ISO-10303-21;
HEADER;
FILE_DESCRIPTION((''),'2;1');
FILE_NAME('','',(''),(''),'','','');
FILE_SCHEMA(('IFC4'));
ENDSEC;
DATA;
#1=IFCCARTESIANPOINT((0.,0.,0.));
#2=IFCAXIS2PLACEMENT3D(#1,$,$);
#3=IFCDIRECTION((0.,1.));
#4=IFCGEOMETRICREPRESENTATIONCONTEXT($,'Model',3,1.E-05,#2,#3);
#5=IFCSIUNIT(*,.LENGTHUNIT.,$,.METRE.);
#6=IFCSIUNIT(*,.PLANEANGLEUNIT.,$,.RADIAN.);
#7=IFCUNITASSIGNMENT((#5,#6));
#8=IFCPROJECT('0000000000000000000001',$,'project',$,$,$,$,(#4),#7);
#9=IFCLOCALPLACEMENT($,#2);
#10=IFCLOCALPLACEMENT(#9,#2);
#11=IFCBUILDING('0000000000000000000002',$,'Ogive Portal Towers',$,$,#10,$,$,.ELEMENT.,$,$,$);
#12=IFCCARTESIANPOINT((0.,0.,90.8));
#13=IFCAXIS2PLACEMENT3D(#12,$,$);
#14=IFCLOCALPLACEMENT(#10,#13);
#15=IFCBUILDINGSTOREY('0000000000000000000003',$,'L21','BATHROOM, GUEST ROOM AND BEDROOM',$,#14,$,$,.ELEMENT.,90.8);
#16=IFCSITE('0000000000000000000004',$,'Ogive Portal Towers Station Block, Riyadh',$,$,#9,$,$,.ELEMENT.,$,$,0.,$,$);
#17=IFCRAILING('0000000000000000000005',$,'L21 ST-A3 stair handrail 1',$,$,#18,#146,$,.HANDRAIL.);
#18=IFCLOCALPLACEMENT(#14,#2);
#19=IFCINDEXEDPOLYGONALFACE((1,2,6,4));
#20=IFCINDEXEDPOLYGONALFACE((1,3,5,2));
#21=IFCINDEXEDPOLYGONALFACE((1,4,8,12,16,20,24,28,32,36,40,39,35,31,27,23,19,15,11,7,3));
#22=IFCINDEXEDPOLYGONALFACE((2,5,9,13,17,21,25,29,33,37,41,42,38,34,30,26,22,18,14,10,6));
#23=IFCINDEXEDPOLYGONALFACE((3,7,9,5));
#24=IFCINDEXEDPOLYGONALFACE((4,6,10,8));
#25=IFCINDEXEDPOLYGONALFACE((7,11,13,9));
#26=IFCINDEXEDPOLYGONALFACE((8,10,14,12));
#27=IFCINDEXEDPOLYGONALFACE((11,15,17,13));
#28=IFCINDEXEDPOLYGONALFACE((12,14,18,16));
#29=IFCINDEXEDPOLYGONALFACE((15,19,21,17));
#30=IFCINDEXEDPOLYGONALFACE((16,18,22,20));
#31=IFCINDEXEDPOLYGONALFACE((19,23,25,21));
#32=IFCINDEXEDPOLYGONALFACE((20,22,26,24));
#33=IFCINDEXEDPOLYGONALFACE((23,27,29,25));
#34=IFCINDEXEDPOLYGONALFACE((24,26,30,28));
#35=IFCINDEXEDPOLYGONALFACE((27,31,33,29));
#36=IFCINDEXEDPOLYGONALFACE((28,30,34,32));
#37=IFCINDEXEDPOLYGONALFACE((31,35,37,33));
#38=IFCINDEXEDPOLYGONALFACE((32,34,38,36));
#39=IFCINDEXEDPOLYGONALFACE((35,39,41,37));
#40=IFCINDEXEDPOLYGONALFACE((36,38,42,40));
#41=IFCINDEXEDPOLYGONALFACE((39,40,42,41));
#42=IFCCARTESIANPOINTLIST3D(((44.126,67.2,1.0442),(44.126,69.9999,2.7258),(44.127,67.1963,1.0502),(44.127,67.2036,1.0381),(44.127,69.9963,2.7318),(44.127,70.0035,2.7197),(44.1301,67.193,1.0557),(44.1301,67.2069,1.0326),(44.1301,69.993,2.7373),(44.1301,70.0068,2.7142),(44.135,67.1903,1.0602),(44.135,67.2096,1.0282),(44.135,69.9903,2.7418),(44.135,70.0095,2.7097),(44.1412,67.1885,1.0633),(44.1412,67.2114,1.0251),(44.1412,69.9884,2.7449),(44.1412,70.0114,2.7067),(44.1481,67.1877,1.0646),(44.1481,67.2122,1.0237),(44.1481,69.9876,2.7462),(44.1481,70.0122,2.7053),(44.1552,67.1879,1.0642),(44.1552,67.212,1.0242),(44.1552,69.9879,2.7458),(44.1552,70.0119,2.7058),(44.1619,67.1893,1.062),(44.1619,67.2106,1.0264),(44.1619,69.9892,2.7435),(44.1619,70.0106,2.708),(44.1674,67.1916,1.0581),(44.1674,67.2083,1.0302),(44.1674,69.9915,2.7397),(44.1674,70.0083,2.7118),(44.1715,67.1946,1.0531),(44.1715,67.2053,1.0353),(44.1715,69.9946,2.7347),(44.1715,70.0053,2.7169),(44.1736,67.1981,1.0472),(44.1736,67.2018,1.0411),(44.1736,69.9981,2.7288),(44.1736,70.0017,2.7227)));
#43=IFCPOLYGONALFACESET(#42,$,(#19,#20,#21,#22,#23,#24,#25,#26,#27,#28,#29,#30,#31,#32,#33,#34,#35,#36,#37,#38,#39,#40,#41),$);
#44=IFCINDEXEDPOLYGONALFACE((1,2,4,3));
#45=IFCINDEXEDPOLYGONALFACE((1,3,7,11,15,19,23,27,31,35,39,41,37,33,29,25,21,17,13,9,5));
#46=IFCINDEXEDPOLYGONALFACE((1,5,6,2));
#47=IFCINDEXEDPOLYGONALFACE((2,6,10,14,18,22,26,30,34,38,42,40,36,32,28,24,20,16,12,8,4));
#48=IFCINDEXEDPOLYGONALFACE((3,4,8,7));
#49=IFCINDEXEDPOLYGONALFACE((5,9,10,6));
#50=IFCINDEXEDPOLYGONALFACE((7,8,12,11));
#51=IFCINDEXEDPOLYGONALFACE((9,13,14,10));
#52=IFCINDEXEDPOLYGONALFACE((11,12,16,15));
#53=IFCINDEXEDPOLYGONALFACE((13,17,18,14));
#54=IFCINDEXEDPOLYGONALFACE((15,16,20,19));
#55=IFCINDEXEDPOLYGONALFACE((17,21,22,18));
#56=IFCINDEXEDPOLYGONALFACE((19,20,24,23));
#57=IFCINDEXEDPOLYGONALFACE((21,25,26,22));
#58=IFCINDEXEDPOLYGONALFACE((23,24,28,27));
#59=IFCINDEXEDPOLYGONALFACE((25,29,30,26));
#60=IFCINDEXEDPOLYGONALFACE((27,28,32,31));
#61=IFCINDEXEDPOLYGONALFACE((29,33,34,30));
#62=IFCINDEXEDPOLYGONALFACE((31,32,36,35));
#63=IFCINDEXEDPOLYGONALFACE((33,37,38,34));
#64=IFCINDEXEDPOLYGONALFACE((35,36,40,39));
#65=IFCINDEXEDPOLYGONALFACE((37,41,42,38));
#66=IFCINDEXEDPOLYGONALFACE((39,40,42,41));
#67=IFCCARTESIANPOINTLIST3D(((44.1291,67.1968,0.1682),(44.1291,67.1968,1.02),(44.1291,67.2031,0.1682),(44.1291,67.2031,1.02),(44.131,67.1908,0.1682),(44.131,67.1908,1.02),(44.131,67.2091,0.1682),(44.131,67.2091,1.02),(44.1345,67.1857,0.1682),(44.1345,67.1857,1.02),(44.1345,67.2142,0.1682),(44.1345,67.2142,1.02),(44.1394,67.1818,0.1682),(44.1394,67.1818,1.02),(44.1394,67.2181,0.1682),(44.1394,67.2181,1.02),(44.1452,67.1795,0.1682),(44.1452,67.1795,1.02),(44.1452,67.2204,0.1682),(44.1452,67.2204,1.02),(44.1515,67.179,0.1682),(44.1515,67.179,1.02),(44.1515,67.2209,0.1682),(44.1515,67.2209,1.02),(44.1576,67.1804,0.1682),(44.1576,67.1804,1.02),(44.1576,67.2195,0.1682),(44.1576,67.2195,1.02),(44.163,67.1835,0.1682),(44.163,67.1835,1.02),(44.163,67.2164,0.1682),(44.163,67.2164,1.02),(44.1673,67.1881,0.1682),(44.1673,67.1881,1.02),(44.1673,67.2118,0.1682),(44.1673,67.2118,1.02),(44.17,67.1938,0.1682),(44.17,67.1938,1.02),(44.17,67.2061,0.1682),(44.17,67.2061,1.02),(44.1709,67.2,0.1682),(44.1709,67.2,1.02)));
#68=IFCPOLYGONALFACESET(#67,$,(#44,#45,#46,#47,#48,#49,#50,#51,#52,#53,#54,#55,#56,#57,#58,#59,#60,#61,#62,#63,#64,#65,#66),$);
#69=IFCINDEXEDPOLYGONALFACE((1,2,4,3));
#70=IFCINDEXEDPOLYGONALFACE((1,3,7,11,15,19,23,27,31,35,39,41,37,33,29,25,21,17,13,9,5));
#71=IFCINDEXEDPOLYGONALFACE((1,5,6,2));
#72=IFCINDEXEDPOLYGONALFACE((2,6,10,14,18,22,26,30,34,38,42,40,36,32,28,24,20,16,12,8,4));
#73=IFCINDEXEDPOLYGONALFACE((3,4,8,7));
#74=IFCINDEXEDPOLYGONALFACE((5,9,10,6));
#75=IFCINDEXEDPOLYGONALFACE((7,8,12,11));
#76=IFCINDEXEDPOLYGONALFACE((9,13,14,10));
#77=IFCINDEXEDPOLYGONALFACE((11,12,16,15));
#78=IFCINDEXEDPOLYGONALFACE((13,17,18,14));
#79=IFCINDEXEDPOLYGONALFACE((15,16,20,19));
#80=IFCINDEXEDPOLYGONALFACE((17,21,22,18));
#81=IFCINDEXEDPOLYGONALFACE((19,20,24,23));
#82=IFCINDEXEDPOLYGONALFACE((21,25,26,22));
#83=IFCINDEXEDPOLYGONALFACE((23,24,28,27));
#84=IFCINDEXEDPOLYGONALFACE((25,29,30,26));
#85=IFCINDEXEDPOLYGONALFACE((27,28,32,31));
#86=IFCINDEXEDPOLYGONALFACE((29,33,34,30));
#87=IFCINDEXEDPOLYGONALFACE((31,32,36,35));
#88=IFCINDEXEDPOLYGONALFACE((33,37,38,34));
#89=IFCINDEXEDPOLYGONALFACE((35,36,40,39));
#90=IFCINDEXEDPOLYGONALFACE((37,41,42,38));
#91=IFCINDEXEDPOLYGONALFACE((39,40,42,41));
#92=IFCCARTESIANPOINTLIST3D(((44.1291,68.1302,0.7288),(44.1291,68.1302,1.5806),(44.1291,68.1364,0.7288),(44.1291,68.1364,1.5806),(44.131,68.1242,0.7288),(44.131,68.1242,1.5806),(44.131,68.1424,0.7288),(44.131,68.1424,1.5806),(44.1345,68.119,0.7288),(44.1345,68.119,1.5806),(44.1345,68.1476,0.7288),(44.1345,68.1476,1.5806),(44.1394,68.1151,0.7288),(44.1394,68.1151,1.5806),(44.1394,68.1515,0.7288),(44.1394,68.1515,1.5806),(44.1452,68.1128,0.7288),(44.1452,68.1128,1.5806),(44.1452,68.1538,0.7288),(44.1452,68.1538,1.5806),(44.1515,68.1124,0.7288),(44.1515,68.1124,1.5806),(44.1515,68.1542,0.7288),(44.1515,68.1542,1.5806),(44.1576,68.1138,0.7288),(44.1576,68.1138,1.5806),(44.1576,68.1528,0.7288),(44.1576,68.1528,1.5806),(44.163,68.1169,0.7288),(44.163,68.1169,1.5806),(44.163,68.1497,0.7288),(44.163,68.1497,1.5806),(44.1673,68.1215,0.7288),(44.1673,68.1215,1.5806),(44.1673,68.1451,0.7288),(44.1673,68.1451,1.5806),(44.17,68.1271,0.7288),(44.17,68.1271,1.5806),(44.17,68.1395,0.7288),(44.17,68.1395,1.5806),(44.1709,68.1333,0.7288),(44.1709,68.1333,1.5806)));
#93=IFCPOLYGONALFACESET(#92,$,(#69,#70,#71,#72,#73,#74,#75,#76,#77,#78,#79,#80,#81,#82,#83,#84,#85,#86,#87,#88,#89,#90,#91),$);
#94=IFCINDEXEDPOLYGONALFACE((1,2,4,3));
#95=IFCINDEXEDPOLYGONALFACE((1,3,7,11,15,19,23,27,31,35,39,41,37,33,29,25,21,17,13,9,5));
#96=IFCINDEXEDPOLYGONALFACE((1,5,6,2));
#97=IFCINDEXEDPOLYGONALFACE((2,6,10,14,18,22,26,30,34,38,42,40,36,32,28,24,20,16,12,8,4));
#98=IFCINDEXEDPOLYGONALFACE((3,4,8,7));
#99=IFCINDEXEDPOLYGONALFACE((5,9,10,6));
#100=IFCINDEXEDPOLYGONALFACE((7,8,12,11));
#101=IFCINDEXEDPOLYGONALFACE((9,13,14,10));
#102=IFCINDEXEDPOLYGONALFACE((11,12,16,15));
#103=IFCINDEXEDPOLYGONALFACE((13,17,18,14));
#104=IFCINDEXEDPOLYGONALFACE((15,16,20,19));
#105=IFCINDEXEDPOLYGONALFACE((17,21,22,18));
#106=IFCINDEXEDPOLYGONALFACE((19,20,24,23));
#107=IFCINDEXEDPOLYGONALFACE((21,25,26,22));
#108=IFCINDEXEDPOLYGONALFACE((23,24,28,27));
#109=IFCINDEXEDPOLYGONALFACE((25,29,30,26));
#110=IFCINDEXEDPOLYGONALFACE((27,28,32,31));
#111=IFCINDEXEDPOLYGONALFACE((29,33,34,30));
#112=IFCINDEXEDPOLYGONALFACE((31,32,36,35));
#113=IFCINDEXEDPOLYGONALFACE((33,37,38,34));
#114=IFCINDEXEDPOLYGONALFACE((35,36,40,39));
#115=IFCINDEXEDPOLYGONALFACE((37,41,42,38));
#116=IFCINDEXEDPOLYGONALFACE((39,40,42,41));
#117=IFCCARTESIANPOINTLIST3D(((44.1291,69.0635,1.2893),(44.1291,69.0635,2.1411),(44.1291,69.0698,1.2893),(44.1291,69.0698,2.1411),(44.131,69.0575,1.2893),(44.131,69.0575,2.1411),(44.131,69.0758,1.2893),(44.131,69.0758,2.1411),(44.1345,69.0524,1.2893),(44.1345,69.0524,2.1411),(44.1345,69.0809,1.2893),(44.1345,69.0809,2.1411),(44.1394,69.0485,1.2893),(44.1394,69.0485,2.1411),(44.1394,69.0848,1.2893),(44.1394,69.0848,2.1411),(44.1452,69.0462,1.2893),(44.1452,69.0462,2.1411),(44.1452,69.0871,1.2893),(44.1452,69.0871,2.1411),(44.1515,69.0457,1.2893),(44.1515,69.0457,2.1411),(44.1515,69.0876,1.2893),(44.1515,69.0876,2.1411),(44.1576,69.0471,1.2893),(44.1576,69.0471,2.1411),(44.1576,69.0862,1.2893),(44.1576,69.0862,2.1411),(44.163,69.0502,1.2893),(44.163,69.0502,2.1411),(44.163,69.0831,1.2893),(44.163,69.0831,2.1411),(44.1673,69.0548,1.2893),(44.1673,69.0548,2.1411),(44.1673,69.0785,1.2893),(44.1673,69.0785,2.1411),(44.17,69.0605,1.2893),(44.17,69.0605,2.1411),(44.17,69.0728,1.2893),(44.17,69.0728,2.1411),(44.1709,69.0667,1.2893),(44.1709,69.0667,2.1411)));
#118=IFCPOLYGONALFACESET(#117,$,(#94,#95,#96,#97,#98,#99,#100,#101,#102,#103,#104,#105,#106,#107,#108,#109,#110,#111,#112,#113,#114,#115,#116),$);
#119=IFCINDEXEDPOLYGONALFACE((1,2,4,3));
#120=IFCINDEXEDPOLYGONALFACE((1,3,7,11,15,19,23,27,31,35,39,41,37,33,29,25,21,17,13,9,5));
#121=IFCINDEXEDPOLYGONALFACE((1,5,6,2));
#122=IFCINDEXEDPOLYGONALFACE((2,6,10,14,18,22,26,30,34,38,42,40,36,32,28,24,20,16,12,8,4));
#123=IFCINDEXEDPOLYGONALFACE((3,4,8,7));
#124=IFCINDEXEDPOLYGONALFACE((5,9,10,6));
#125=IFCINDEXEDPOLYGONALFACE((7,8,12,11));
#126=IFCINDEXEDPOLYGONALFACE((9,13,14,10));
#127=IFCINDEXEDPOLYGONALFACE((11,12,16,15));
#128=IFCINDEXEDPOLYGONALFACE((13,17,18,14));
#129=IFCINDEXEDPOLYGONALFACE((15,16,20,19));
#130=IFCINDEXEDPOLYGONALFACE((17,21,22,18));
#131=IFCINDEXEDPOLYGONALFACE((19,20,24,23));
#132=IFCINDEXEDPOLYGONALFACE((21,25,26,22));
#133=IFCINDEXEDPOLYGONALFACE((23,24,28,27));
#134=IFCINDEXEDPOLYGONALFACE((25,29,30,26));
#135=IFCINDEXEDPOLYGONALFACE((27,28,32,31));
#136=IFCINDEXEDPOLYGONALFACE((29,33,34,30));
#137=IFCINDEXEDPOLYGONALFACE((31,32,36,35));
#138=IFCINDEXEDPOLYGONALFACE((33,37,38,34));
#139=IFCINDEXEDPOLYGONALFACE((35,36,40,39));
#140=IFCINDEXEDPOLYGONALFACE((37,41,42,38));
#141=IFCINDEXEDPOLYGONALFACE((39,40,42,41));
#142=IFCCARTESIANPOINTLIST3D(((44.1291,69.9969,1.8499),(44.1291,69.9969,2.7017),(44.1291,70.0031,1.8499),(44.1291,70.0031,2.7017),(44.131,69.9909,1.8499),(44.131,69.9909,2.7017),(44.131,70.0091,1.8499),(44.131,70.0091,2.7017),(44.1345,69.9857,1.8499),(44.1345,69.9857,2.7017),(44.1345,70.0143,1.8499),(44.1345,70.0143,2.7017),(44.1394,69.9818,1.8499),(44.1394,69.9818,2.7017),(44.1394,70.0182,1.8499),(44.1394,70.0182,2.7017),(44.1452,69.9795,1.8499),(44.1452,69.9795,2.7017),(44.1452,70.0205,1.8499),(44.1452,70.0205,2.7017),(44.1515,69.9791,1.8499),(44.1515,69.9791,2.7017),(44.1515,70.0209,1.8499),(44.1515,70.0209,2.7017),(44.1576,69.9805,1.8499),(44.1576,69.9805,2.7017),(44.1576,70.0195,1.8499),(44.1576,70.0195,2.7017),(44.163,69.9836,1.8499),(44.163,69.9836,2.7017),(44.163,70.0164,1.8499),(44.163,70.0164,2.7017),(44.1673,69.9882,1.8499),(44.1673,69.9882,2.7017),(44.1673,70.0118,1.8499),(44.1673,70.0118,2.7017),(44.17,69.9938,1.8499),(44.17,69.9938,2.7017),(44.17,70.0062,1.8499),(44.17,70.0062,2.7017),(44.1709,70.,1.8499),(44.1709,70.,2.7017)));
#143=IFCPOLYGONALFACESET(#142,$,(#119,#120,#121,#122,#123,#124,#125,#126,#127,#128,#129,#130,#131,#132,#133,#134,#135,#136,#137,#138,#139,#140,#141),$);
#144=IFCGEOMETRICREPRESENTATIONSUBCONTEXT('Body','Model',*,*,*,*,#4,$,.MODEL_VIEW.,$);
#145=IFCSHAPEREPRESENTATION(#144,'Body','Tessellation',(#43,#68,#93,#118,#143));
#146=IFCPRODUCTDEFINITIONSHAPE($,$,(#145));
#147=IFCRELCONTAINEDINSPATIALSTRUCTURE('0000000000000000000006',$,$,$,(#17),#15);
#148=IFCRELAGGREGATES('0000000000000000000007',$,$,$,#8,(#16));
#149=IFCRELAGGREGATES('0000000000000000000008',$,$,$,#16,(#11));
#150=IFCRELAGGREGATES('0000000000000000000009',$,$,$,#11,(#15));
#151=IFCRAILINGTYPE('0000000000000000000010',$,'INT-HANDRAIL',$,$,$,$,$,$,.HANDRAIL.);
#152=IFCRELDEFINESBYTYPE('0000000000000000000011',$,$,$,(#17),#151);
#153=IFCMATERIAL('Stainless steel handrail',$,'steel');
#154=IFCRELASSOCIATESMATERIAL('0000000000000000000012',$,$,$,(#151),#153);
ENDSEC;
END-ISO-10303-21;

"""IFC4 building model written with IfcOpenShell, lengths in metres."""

from ifc_helpers import new_model, si_unit, direction, frame, origin, origin_2d, place, context, subcontext, project, spatial, circle, extrude, material, type_object, element, save


model = new_model("IFC4")

# Units and contexts
model_context = context("Model", 3, precision=1e-05, world=origin(), true_north=direction((0.0, 1.0)))
body_context = subcontext(model_context, "Body", "Model", "MODEL_VIEW")
ifc_project = project(units=[si_unit("LENGTHUNIT", "METRE"), si_unit("PLANEANGLEUNIT", "RADIAN")], contexts=[model_context])

# Site, building, storey
site_placement = place(None, origin())
site = spatial("IfcSite", under=ifc_project, at=site_placement, Name="Ogive Portal Towers Station Block, Riyadh", CompositionType="ELEMENT", RefElevation=0.0)
building_placement = place(site_placement, origin())
building = spatial("IfcBuilding", under=site, at=building_placement, Name="Ogive Portal Towers", CompositionType="ELEMENT")
storey_placement = place(building_placement, frame((0.0, 0.0, 90.8)))
storey = spatial("IfcBuildingStorey", under=building, at=storey_placement, Name="L21", Description="BATHROOM, GUEST ROOM AND BEDROOM", CompositionType="ELEMENT", Elevation=90.8)

# Railing
ifc_material_1 = material(Name="Stainless steel handrail", Category="steel")
railing_type_1 = type_object("IfcRailingType", Name="INT-HANDRAIL", PredefinedType="HANDRAIL", material=ifc_material_1)
railing_1_placement = place(storey_placement, frame((44.1499, 67.2, 0.1682)))
element("IfcRailing", 1, at=railing_1_placement, inside=storey, type_object=railing_type_1, Name="L21 ST-A3 stair handrail 1", PredefinedType="HANDRAIL", context=body_context, shape_type="SweptSolid", body=[
    extrude(circle(Radius=0.0239, at=origin_2d()), frame((0.0, 0.0, 0.876), z_axis=(0.0, 0.857275, 0.514858), x_axis=(-1.0, 0.0, 0.0)), (0.0, 0.0, 1.0), 3.2661),
    extrude(circle(Radius=0.021, at=origin_2d()), origin(), (0.0, 0.0, 1.0), 0.8518),
    extrude(circle(Radius=0.021, at=origin_2d()), frame((0.0, 0.9333, 0.5605)), (0.0, 0.0, 1.0), 0.8518),
    extrude(circle(Radius=0.021, at=origin_2d()), frame((0.0, 1.8667, 1.1211)), (0.0, 0.0, 1.0), 0.8518),
    extrude(circle(Radius=0.021, at=origin_2d()), frame((0.0, 2.8, 1.6816)), (0.0, 0.0, 1.0), 0.8518),
])

save(model, "model.ifc")
